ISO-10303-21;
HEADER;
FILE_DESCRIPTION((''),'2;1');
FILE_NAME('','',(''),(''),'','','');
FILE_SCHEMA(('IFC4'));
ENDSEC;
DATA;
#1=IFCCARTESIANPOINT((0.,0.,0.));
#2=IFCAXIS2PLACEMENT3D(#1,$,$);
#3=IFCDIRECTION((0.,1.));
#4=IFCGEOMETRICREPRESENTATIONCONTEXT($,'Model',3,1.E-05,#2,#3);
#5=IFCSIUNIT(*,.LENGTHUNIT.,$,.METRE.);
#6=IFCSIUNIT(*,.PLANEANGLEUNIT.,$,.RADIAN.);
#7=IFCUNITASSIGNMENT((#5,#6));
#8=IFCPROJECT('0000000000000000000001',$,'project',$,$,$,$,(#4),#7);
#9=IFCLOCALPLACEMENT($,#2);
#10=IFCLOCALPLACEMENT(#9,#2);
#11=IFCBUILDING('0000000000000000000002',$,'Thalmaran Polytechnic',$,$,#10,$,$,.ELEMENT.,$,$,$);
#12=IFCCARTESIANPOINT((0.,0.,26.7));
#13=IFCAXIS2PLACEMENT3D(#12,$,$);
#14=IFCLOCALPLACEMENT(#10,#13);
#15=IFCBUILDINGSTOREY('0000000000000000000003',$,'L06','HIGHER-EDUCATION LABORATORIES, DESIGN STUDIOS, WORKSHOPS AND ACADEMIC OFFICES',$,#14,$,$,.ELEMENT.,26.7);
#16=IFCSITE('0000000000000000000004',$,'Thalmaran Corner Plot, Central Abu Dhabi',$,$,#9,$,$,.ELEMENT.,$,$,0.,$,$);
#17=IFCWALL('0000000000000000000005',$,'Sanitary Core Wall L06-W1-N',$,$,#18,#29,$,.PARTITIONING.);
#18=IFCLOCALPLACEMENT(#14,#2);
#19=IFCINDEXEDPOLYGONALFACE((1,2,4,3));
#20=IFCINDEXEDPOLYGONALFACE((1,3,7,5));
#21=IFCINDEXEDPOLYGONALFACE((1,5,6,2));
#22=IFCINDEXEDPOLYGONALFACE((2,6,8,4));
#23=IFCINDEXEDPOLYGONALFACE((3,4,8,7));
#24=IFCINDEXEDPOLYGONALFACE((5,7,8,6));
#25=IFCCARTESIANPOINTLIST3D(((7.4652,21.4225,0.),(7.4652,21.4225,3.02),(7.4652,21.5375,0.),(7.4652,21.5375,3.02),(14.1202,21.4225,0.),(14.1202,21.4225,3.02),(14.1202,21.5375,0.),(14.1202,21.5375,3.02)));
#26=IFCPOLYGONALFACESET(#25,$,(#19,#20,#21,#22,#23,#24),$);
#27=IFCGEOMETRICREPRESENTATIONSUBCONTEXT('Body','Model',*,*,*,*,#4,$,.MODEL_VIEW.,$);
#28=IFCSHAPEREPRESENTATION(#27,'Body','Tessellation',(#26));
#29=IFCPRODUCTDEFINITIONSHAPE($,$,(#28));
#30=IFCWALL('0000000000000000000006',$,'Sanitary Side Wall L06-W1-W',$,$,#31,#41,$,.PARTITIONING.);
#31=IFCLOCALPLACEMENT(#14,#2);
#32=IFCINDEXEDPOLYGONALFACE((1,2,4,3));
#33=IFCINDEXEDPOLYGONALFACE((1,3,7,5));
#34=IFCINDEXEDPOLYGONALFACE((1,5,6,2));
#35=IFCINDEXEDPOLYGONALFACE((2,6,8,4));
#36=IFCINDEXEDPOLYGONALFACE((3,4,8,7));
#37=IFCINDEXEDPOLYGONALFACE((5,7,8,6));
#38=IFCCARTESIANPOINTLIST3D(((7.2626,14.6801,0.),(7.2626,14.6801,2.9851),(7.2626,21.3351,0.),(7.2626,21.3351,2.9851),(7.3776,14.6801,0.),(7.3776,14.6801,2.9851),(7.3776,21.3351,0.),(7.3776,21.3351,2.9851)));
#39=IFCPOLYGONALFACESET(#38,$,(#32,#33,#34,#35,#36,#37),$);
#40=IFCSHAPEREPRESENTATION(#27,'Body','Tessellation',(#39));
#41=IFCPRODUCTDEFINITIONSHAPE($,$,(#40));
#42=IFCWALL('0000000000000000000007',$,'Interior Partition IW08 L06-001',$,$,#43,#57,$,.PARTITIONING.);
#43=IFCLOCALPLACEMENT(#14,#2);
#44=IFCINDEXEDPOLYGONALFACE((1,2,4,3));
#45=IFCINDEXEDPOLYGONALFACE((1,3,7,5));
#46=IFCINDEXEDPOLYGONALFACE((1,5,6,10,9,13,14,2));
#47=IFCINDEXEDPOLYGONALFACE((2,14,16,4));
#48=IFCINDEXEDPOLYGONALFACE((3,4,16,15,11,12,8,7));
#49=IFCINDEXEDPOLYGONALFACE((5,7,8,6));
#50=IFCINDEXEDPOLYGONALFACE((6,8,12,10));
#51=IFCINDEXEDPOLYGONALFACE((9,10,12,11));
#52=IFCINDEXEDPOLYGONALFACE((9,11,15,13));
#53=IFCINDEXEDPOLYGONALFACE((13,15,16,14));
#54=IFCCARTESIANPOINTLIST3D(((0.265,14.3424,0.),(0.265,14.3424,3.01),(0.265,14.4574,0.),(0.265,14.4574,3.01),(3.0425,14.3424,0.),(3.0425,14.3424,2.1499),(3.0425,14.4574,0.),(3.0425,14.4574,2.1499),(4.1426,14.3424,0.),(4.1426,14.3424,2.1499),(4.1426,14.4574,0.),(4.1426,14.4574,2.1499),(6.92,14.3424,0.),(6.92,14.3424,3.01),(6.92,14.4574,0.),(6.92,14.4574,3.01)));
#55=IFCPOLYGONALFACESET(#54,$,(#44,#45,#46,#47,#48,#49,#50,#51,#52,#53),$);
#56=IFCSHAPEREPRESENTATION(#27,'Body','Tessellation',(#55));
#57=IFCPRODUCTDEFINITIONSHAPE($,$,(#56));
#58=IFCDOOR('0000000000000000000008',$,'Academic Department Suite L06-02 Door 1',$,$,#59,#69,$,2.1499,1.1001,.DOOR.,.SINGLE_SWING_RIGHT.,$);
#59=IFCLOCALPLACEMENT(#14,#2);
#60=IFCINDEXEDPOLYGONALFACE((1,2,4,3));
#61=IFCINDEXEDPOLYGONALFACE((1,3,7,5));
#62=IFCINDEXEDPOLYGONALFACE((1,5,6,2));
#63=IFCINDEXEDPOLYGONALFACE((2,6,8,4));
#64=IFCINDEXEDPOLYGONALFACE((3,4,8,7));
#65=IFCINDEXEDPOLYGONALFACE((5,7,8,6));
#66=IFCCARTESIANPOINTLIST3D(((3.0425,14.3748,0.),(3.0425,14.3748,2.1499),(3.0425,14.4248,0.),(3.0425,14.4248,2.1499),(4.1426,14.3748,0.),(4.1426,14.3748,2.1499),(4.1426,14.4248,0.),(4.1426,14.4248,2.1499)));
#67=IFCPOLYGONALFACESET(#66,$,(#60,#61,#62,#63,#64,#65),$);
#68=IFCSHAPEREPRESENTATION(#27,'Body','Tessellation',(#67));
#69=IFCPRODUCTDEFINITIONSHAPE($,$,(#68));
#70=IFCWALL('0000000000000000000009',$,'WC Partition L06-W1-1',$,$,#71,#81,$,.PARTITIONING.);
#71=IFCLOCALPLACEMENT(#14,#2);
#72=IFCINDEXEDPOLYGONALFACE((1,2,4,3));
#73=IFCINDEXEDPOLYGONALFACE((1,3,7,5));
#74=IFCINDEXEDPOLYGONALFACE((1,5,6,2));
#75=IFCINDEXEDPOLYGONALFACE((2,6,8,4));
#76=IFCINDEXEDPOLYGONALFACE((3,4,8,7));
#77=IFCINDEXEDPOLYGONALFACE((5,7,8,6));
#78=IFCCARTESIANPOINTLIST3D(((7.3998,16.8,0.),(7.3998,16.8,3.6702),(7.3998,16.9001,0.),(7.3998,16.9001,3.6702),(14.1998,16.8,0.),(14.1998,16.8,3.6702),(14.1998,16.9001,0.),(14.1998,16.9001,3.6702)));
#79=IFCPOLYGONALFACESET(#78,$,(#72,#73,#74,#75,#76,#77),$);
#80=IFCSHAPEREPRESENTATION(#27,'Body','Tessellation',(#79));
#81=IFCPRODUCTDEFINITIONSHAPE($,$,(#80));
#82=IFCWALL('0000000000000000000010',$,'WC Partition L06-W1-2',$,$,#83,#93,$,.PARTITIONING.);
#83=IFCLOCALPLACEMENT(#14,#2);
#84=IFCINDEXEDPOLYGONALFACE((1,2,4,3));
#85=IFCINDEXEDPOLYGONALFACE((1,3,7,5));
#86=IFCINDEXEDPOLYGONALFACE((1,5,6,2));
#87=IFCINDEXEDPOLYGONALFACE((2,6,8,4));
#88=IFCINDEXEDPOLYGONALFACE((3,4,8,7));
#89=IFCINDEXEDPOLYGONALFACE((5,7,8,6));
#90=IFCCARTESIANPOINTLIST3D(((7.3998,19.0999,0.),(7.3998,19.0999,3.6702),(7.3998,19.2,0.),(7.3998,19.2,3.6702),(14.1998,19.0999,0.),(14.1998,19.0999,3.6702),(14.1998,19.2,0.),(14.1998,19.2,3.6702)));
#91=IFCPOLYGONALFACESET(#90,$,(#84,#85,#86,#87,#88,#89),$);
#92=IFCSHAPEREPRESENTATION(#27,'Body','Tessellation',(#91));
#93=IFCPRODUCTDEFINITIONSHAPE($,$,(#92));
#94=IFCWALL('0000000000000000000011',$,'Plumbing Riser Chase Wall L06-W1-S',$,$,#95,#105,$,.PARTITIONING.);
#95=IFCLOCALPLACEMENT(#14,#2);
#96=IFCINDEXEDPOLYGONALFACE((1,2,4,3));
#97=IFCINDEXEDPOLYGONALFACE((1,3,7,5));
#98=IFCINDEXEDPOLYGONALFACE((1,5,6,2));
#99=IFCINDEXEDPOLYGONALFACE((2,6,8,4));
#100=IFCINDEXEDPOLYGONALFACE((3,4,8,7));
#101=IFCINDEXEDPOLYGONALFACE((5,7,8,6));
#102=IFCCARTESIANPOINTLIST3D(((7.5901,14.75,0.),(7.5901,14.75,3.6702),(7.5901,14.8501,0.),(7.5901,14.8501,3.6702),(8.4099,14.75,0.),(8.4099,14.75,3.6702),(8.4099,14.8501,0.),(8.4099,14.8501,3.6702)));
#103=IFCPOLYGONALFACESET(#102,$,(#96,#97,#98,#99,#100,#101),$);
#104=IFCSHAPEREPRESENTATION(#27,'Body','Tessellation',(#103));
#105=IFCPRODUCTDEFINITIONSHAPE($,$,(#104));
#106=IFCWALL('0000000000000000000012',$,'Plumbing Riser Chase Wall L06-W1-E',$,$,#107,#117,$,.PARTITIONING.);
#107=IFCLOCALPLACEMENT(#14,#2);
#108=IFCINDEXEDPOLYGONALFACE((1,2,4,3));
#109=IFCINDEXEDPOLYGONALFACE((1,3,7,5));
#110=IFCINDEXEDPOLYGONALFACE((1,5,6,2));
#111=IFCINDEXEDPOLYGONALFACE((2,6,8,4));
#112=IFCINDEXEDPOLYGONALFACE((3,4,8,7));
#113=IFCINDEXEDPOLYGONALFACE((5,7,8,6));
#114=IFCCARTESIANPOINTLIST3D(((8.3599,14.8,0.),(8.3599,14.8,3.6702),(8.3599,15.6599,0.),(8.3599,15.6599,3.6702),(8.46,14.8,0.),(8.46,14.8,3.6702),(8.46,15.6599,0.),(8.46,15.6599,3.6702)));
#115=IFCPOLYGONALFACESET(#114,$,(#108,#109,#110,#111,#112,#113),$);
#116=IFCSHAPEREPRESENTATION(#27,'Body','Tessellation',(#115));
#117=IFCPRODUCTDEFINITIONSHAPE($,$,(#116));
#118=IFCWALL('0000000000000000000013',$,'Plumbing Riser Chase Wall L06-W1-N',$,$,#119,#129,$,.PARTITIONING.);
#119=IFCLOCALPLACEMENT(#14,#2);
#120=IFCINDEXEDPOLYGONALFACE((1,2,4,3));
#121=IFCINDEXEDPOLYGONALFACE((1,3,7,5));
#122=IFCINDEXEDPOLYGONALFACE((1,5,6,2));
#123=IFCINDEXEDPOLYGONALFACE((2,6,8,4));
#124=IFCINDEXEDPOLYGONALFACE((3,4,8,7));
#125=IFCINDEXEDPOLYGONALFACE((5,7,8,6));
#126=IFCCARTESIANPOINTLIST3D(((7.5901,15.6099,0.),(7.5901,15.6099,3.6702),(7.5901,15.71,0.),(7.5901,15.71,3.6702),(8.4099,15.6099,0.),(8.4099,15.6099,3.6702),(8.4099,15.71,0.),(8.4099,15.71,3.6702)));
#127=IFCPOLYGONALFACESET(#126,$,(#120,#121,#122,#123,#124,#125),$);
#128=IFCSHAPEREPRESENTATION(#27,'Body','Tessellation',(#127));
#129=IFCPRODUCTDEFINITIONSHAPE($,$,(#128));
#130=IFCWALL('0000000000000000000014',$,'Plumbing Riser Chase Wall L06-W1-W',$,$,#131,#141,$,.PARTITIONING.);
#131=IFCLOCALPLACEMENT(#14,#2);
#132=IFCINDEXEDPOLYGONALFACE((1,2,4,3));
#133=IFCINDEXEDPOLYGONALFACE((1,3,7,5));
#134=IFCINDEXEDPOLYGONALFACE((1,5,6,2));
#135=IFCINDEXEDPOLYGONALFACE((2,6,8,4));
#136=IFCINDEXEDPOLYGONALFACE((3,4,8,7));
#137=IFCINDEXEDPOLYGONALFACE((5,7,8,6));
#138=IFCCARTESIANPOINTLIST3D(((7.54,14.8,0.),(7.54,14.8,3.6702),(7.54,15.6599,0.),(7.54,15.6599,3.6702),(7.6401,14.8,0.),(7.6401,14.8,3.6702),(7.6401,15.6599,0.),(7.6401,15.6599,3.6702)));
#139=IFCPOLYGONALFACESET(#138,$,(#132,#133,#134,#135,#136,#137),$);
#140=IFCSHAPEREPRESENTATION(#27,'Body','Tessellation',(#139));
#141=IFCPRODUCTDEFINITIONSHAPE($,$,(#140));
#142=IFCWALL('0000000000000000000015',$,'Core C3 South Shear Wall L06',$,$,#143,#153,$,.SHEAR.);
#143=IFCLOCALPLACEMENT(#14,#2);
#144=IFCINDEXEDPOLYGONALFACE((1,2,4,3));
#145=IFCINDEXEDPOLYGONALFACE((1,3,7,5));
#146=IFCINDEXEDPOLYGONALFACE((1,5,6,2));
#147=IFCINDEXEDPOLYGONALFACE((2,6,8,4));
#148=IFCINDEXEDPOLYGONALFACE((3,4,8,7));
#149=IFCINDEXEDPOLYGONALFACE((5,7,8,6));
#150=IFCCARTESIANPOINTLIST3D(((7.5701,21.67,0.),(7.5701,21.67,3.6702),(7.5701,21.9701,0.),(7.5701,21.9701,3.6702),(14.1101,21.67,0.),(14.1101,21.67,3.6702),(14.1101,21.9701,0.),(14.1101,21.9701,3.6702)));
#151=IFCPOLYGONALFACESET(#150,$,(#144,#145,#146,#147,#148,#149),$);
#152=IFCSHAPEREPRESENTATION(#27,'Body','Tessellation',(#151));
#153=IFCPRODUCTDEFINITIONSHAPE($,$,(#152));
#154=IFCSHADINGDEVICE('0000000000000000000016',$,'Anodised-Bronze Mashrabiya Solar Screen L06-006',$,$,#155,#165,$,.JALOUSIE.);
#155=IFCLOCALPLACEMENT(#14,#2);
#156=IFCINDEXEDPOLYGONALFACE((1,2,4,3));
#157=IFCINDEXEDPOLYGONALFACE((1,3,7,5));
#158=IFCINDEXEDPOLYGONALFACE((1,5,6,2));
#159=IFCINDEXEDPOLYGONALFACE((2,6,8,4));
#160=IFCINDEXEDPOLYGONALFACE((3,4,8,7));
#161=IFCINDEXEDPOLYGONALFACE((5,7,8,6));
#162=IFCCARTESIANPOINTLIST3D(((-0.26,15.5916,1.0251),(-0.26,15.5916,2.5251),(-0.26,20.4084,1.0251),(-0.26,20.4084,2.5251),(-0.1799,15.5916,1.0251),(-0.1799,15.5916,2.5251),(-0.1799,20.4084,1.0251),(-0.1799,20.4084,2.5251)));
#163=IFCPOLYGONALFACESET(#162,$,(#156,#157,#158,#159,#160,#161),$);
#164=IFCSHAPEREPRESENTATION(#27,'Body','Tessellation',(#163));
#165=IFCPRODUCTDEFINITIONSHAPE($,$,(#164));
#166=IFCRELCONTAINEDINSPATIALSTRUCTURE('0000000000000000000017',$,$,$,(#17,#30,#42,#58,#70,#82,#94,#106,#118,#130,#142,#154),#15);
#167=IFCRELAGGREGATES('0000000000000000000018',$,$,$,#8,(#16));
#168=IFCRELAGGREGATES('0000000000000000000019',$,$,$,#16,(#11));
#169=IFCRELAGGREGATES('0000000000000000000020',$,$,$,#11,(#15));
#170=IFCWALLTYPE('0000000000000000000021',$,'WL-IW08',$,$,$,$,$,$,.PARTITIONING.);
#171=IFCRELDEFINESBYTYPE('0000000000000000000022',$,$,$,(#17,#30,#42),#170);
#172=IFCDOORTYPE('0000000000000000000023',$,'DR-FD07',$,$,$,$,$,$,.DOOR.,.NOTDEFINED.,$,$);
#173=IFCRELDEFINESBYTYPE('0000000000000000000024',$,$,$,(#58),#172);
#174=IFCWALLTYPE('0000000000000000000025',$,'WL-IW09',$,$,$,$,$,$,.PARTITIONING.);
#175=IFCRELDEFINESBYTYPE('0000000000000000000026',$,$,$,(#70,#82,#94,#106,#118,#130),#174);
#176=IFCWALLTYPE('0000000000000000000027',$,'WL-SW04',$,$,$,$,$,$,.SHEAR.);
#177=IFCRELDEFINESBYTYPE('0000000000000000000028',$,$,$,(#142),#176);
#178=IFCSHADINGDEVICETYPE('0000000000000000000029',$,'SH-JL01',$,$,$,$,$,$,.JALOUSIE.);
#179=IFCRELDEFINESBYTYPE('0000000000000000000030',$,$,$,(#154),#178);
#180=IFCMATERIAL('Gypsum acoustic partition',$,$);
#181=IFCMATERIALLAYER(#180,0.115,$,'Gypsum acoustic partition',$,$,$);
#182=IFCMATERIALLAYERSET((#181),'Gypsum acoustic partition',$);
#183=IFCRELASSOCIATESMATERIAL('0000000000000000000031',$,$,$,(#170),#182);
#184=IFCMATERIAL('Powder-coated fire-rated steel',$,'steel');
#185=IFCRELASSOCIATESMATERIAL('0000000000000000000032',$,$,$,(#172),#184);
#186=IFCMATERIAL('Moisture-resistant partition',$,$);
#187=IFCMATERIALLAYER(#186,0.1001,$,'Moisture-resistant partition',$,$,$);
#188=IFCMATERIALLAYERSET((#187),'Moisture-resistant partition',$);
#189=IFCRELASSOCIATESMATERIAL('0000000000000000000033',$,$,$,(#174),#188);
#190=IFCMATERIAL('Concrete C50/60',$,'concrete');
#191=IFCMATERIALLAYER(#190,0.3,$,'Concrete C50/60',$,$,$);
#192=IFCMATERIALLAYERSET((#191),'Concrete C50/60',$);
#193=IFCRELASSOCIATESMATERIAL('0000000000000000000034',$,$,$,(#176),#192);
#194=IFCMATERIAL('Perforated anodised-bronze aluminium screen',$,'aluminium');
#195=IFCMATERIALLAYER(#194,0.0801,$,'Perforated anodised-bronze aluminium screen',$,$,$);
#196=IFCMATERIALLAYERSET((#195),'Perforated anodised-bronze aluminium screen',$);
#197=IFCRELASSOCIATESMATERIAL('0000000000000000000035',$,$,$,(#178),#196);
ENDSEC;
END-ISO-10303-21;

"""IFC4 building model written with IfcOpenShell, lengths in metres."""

from ifc_helpers import new_model, si_unit, direction, frame, frame_2d, origin, origin_2d, place, context, subcontext, project, spatial, rectangle, extrude, material, layer, layer_set, type_object, element, fill, save


model = new_model("IFC4")

# Units and contexts
model_context = context("Model", 3, precision=1e-05, world=origin(), true_north=direction((0.0, 1.0)))
body_context = subcontext(model_context, "Body", "Model", "MODEL_VIEW")
ifc_project = project(units=[si_unit("LENGTHUNIT", "METRE"), si_unit("PLANEANGLEUNIT", "RADIAN")], contexts=[model_context])

# Site, building, storey
site_placement = place(None, origin())
site = spatial("IfcSite", under=ifc_project, at=site_placement, Name="Thalmaran Corner Plot, Central Abu Dhabi", CompositionType="ELEMENT", RefElevation=0.0)
building_placement = place(site_placement, origin())
building = spatial("IfcBuilding", under=site, at=building_placement, Name="Thalmaran Polytechnic", CompositionType="ELEMENT")
storey_placement = place(building_placement, frame((0.0, 0.0, 26.7)))
storey = spatial("IfcBuildingStorey", under=building, at=storey_placement, Name="L06", Description="HIGHER-EDUCATION LABORATORIES, DESIGN STUDIOS, WORKSHOPS AND ACADEMIC OFFICES", CompositionType="ELEMENT", Elevation=26.7)

# Walls
ifc_material_1 = material(Name="Gypsum acoustic partition")
ifc_layer_1 = layer(ifc_material_1, 0.115, Name="Gypsum acoustic partition")
ifc_layer_set_1 = layer_set([ifc_layer_1], Name="Gypsum acoustic partition")
wall_type_1 = type_object("IfcWallType", Name="WL-IW08", PredefinedType="PARTITIONING", material=ifc_layer_set_1)
wall_1_placement = place(storey_placement, frame((7.4651, 21.48, 0.0), z_axis=(0.0, 0.0, 1.0), x_axis=(1.0, 0.0, 0.0)))
element("IfcWall", 1, at=wall_1_placement, inside=storey, type_object=wall_type_1, Name="Sanitary Core Wall L06-W1-N", PredefinedType="PARTITIONING", context=body_context, shape_type="SweptSolid", body=[
    extrude(rectangle(XDim=6.655, YDim=0.115, at=frame_2d((3.3276, 0.0))), origin(), (0.0, 0.0, 1.0), 3.02),
])
wall_2_placement = place(storey_placement, frame((7.3201, 14.6799, 0.0), z_axis=(0.0, 0.0, 1.0), x_axis=(0.0, 1.0, 0.0)))
element("IfcWall", 2, at=wall_2_placement, inside=storey, type_object=wall_type_1, Name="Sanitary Side Wall L06-W1-W", PredefinedType="PARTITIONING", context=body_context, shape_type="SweptSolid", body=[
    extrude(rectangle(XDim=6.655, YDim=0.115, at=frame_2d((3.3276, 0.0))), origin(), (0.0, 0.0, 1.0), 2.9851),
])

# Wall, opening, door
wall_3_placement = place(storey_placement, frame((0.2649, 14.3999, 0.0), z_axis=(0.0, 0.0, 1.0), x_axis=(1.0, 0.0, 0.0)))
wall_3 = element("IfcWall", 3, at=wall_3_placement, inside=storey, type_object=wall_type_1, Name="Interior Partition IW08 L06-001", PredefinedType="PARTITIONING", context=body_context, shape_type="SweptSolid", body=[
    extrude(rectangle(XDim=6.655, YDim=0.115, at=frame_2d((3.3276, 0.0))), origin(), (0.0, 0.0, 1.0), 3.01),
])
opening_1_placement = place(wall_3_placement, frame((2.7776, 0.0, 0.0)))
opening_1 = element("IfcOpeningElement", 4, at=opening_1_placement, cuts=wall_3, PredefinedType="OPENING", context=body_context, shape_type="SweptSolid", body=[
    extrude(rectangle(XDim=1.1001, YDim=2.1499, at=frame_2d((0.55, 1.075))), frame((0.0, 0.0674, 0.0), z_axis=(0.0, -1.0, 0.0), x_axis=(1.0, 0.0, 0.0)), (0.0, 0.0, 1.0), 0.135),
])
ifc_material_2 = material(Name="Powder-coated fire-rated steel", Category="steel")
door_type = type_object("IfcDoorType", Name="DR-FD07", OperationType="NOTDEFINED", PredefinedType="DOOR", material=ifc_material_2)
door_placement = place(opening_1_placement, origin())
door = element("IfcDoor", 5, at=door_placement, inside=storey, type_object=door_type, Name="Academic Department Suite L06-02 Door 1", OperationType="SINGLE_SWING_RIGHT", OverallHeight=2.1499, OverallWidth=1.1001, PredefinedType="DOOR", context=body_context, shape_type="SweptSolid", body=[
    extrude(rectangle(XDim=1.1001, YDim=2.1499, at=frame_2d((0.55, 1.075))), frame((0.0, 0.0249, 0.0), z_axis=(0.0, -1.0, 0.0), x_axis=(1.0, 0.0, 0.0)), (0.0, 0.0, 1.0), 0.05),
])
fill(opening_1, door)

# Walls
ifc_material_3 = material(Name="Moisture-resistant partition")
ifc_layer_2 = layer(ifc_material_3, 0.1001, Name="Moisture-resistant partition")
ifc_layer_set_2 = layer_set([ifc_layer_2], Name="Moisture-resistant partition")
wall_type_2 = type_object("IfcWallType", Name="WL-IW09", PredefinedType="PARTITIONING", material=ifc_layer_set_2)
for number, where, z_axis, x_axis, name in (
    (6, (7.3999, 16.8501, 0.0), (0.0, 0.0, 1.0), (1.0, 0.0, 0.0), "WC Partition L06-W1-1"),
    (7, (7.3999, 19.1499, 0.0), (0.0, 0.0, 1.0), (1.0, 0.0, 0.0), "WC Partition L06-W1-2"),
):
    element("IfcWall", number, at=place(storey_placement, frame(where, z_axis=z_axis, x_axis=x_axis)), inside=storey, type_object=wall_type_2, Name=name, PredefinedType="PARTITIONING", context=body_context, shape_type="SweptSolid", body=[
        extrude(rectangle(XDim=6.8, YDim=0.1001, at=frame_2d((3.3999, 0.0))), origin(), (0.0, 0.0, 1.0), 3.6702),
    ])
wall_4_placement = place(storey_placement, frame((7.5901, 14.8, 0.0), z_axis=(0.0, 0.0, 1.0), x_axis=(1.0, 0.0, 0.0)))
element("IfcWall", 8, at=wall_4_placement, inside=storey, type_object=wall_type_2, Name="Plumbing Riser Chase Wall L06-W1-S", PredefinedType="PARTITIONING", context=body_context, shape_type="SweptSolid", body=[
    extrude(rectangle(XDim=0.8198, YDim=0.1001, at=frame_2d((0.4099, 0.0))), origin(), (0.0, 0.0, 1.0), 3.6702),
])
wall_5_placement = place(storey_placement, frame((8.4099, 14.8, 0.0), z_axis=(0.0, 0.0, 1.0), x_axis=(0.0, 1.0, 0.0)))
element("IfcWall", 9, at=wall_5_placement, inside=storey, type_object=wall_type_2, Name="Plumbing Riser Chase Wall L06-W1-E", PredefinedType="PARTITIONING", context=body_context, shape_type="SweptSolid", body=[
    extrude(rectangle(XDim=0.8599, YDim=0.1001, at=frame_2d((0.4299, 0.0))), origin(), (0.0, 0.0, 1.0), 3.6702),
])
wall_6_placement = place(storey_placement, frame((8.4099, 15.6599, 0.0), z_axis=(0.0, 0.0, 1.0), x_axis=(-1.0, 0.0, 0.0)))
element("IfcWall", 10, at=wall_6_placement, inside=storey, type_object=wall_type_2, Name="Plumbing Riser Chase Wall L06-W1-N", PredefinedType="PARTITIONING", context=body_context, shape_type="SweptSolid", body=[
    extrude(rectangle(XDim=0.8198, YDim=0.1001, at=frame_2d((0.4099, 0.0))), origin(), (0.0, 0.0, 1.0), 3.6702),
])
wall_7_placement = place(storey_placement, frame((7.5901, 15.6599, 0.0), z_axis=(0.0, 0.0, 1.0), x_axis=(0.0, -1.0, 0.0)))
element("IfcWall", 11, at=wall_7_placement, inside=storey, type_object=wall_type_2, Name="Plumbing Riser Chase Wall L06-W1-W", PredefinedType="PARTITIONING", context=body_context, shape_type="SweptSolid", body=[
    extrude(rectangle(XDim=0.8599, YDim=0.1001, at=frame_2d((0.4299, 0.0))), origin(), (0.0, 0.0, 1.0), 3.6702),
])
ifc_material_4 = material(Name="Concrete C50/60", Category="concrete")
ifc_layer_3 = layer(ifc_material_4, 0.3, Name="Concrete C50/60")
ifc_layer_set_3 = layer_set([ifc_layer_3], Name="Concrete C50/60")
wall_type_3 = type_object("IfcWallType", Name="WL-SW04", PredefinedType="SHEAR", material=ifc_layer_set_3)
wall_8_placement = place(storey_placement, frame((7.5701, 21.8201, 0.0), z_axis=(0.0, 0.0, 1.0), x_axis=(1.0, 0.0, 0.0)))
element("IfcWall", 12, at=wall_8_placement, inside=storey, type_object=wall_type_3, Name="Core C3 South Shear Wall L06", PredefinedType="SHEAR", context=body_context, shape_type="SweptSolid", body=[
    extrude(rectangle(XDim=6.54, YDim=0.3, at=frame_2d((3.27, 0.0))), origin(), (0.0, 0.0, 1.0), 3.6702),
])

# Shading device
ifc_material_5 = material(Name="Perforated anodised-bronze aluminium screen", Category="aluminium")
ifc_layer_4 = layer(ifc_material_5, 0.0801, Name="Perforated anodised-bronze aluminium screen")
ifc_layer_set_4 = layer_set([ifc_layer_4], Name="Perforated anodised-bronze aluminium screen")
shading_device_type = type_object("IfcShadingDeviceType", Name="SH-JL01", PredefinedType="JALOUSIE", material=ifc_layer_set_4)
shading_device_placement = place(storey_placement, frame((-0.22, 18.0, 1.0251), z_axis=(0.0, 0.0, 1.0), x_axis=(0.0, 1.0, 0.0)))
element("IfcShadingDevice", 13, at=shading_device_placement, inside=storey, type_object=shading_device_type, Name="Anodised-Bronze Mashrabiya Solar Screen L06-006", PredefinedType="JALOUSIE", context=body_context, shape_type="SweptSolid", body=[
    extrude(rectangle(XDim=4.8169, YDim=0.0801, at=origin_2d()), origin(), (0.0, 0.0, 1.0), 1.5),
])

save(model, "model.ifc")
